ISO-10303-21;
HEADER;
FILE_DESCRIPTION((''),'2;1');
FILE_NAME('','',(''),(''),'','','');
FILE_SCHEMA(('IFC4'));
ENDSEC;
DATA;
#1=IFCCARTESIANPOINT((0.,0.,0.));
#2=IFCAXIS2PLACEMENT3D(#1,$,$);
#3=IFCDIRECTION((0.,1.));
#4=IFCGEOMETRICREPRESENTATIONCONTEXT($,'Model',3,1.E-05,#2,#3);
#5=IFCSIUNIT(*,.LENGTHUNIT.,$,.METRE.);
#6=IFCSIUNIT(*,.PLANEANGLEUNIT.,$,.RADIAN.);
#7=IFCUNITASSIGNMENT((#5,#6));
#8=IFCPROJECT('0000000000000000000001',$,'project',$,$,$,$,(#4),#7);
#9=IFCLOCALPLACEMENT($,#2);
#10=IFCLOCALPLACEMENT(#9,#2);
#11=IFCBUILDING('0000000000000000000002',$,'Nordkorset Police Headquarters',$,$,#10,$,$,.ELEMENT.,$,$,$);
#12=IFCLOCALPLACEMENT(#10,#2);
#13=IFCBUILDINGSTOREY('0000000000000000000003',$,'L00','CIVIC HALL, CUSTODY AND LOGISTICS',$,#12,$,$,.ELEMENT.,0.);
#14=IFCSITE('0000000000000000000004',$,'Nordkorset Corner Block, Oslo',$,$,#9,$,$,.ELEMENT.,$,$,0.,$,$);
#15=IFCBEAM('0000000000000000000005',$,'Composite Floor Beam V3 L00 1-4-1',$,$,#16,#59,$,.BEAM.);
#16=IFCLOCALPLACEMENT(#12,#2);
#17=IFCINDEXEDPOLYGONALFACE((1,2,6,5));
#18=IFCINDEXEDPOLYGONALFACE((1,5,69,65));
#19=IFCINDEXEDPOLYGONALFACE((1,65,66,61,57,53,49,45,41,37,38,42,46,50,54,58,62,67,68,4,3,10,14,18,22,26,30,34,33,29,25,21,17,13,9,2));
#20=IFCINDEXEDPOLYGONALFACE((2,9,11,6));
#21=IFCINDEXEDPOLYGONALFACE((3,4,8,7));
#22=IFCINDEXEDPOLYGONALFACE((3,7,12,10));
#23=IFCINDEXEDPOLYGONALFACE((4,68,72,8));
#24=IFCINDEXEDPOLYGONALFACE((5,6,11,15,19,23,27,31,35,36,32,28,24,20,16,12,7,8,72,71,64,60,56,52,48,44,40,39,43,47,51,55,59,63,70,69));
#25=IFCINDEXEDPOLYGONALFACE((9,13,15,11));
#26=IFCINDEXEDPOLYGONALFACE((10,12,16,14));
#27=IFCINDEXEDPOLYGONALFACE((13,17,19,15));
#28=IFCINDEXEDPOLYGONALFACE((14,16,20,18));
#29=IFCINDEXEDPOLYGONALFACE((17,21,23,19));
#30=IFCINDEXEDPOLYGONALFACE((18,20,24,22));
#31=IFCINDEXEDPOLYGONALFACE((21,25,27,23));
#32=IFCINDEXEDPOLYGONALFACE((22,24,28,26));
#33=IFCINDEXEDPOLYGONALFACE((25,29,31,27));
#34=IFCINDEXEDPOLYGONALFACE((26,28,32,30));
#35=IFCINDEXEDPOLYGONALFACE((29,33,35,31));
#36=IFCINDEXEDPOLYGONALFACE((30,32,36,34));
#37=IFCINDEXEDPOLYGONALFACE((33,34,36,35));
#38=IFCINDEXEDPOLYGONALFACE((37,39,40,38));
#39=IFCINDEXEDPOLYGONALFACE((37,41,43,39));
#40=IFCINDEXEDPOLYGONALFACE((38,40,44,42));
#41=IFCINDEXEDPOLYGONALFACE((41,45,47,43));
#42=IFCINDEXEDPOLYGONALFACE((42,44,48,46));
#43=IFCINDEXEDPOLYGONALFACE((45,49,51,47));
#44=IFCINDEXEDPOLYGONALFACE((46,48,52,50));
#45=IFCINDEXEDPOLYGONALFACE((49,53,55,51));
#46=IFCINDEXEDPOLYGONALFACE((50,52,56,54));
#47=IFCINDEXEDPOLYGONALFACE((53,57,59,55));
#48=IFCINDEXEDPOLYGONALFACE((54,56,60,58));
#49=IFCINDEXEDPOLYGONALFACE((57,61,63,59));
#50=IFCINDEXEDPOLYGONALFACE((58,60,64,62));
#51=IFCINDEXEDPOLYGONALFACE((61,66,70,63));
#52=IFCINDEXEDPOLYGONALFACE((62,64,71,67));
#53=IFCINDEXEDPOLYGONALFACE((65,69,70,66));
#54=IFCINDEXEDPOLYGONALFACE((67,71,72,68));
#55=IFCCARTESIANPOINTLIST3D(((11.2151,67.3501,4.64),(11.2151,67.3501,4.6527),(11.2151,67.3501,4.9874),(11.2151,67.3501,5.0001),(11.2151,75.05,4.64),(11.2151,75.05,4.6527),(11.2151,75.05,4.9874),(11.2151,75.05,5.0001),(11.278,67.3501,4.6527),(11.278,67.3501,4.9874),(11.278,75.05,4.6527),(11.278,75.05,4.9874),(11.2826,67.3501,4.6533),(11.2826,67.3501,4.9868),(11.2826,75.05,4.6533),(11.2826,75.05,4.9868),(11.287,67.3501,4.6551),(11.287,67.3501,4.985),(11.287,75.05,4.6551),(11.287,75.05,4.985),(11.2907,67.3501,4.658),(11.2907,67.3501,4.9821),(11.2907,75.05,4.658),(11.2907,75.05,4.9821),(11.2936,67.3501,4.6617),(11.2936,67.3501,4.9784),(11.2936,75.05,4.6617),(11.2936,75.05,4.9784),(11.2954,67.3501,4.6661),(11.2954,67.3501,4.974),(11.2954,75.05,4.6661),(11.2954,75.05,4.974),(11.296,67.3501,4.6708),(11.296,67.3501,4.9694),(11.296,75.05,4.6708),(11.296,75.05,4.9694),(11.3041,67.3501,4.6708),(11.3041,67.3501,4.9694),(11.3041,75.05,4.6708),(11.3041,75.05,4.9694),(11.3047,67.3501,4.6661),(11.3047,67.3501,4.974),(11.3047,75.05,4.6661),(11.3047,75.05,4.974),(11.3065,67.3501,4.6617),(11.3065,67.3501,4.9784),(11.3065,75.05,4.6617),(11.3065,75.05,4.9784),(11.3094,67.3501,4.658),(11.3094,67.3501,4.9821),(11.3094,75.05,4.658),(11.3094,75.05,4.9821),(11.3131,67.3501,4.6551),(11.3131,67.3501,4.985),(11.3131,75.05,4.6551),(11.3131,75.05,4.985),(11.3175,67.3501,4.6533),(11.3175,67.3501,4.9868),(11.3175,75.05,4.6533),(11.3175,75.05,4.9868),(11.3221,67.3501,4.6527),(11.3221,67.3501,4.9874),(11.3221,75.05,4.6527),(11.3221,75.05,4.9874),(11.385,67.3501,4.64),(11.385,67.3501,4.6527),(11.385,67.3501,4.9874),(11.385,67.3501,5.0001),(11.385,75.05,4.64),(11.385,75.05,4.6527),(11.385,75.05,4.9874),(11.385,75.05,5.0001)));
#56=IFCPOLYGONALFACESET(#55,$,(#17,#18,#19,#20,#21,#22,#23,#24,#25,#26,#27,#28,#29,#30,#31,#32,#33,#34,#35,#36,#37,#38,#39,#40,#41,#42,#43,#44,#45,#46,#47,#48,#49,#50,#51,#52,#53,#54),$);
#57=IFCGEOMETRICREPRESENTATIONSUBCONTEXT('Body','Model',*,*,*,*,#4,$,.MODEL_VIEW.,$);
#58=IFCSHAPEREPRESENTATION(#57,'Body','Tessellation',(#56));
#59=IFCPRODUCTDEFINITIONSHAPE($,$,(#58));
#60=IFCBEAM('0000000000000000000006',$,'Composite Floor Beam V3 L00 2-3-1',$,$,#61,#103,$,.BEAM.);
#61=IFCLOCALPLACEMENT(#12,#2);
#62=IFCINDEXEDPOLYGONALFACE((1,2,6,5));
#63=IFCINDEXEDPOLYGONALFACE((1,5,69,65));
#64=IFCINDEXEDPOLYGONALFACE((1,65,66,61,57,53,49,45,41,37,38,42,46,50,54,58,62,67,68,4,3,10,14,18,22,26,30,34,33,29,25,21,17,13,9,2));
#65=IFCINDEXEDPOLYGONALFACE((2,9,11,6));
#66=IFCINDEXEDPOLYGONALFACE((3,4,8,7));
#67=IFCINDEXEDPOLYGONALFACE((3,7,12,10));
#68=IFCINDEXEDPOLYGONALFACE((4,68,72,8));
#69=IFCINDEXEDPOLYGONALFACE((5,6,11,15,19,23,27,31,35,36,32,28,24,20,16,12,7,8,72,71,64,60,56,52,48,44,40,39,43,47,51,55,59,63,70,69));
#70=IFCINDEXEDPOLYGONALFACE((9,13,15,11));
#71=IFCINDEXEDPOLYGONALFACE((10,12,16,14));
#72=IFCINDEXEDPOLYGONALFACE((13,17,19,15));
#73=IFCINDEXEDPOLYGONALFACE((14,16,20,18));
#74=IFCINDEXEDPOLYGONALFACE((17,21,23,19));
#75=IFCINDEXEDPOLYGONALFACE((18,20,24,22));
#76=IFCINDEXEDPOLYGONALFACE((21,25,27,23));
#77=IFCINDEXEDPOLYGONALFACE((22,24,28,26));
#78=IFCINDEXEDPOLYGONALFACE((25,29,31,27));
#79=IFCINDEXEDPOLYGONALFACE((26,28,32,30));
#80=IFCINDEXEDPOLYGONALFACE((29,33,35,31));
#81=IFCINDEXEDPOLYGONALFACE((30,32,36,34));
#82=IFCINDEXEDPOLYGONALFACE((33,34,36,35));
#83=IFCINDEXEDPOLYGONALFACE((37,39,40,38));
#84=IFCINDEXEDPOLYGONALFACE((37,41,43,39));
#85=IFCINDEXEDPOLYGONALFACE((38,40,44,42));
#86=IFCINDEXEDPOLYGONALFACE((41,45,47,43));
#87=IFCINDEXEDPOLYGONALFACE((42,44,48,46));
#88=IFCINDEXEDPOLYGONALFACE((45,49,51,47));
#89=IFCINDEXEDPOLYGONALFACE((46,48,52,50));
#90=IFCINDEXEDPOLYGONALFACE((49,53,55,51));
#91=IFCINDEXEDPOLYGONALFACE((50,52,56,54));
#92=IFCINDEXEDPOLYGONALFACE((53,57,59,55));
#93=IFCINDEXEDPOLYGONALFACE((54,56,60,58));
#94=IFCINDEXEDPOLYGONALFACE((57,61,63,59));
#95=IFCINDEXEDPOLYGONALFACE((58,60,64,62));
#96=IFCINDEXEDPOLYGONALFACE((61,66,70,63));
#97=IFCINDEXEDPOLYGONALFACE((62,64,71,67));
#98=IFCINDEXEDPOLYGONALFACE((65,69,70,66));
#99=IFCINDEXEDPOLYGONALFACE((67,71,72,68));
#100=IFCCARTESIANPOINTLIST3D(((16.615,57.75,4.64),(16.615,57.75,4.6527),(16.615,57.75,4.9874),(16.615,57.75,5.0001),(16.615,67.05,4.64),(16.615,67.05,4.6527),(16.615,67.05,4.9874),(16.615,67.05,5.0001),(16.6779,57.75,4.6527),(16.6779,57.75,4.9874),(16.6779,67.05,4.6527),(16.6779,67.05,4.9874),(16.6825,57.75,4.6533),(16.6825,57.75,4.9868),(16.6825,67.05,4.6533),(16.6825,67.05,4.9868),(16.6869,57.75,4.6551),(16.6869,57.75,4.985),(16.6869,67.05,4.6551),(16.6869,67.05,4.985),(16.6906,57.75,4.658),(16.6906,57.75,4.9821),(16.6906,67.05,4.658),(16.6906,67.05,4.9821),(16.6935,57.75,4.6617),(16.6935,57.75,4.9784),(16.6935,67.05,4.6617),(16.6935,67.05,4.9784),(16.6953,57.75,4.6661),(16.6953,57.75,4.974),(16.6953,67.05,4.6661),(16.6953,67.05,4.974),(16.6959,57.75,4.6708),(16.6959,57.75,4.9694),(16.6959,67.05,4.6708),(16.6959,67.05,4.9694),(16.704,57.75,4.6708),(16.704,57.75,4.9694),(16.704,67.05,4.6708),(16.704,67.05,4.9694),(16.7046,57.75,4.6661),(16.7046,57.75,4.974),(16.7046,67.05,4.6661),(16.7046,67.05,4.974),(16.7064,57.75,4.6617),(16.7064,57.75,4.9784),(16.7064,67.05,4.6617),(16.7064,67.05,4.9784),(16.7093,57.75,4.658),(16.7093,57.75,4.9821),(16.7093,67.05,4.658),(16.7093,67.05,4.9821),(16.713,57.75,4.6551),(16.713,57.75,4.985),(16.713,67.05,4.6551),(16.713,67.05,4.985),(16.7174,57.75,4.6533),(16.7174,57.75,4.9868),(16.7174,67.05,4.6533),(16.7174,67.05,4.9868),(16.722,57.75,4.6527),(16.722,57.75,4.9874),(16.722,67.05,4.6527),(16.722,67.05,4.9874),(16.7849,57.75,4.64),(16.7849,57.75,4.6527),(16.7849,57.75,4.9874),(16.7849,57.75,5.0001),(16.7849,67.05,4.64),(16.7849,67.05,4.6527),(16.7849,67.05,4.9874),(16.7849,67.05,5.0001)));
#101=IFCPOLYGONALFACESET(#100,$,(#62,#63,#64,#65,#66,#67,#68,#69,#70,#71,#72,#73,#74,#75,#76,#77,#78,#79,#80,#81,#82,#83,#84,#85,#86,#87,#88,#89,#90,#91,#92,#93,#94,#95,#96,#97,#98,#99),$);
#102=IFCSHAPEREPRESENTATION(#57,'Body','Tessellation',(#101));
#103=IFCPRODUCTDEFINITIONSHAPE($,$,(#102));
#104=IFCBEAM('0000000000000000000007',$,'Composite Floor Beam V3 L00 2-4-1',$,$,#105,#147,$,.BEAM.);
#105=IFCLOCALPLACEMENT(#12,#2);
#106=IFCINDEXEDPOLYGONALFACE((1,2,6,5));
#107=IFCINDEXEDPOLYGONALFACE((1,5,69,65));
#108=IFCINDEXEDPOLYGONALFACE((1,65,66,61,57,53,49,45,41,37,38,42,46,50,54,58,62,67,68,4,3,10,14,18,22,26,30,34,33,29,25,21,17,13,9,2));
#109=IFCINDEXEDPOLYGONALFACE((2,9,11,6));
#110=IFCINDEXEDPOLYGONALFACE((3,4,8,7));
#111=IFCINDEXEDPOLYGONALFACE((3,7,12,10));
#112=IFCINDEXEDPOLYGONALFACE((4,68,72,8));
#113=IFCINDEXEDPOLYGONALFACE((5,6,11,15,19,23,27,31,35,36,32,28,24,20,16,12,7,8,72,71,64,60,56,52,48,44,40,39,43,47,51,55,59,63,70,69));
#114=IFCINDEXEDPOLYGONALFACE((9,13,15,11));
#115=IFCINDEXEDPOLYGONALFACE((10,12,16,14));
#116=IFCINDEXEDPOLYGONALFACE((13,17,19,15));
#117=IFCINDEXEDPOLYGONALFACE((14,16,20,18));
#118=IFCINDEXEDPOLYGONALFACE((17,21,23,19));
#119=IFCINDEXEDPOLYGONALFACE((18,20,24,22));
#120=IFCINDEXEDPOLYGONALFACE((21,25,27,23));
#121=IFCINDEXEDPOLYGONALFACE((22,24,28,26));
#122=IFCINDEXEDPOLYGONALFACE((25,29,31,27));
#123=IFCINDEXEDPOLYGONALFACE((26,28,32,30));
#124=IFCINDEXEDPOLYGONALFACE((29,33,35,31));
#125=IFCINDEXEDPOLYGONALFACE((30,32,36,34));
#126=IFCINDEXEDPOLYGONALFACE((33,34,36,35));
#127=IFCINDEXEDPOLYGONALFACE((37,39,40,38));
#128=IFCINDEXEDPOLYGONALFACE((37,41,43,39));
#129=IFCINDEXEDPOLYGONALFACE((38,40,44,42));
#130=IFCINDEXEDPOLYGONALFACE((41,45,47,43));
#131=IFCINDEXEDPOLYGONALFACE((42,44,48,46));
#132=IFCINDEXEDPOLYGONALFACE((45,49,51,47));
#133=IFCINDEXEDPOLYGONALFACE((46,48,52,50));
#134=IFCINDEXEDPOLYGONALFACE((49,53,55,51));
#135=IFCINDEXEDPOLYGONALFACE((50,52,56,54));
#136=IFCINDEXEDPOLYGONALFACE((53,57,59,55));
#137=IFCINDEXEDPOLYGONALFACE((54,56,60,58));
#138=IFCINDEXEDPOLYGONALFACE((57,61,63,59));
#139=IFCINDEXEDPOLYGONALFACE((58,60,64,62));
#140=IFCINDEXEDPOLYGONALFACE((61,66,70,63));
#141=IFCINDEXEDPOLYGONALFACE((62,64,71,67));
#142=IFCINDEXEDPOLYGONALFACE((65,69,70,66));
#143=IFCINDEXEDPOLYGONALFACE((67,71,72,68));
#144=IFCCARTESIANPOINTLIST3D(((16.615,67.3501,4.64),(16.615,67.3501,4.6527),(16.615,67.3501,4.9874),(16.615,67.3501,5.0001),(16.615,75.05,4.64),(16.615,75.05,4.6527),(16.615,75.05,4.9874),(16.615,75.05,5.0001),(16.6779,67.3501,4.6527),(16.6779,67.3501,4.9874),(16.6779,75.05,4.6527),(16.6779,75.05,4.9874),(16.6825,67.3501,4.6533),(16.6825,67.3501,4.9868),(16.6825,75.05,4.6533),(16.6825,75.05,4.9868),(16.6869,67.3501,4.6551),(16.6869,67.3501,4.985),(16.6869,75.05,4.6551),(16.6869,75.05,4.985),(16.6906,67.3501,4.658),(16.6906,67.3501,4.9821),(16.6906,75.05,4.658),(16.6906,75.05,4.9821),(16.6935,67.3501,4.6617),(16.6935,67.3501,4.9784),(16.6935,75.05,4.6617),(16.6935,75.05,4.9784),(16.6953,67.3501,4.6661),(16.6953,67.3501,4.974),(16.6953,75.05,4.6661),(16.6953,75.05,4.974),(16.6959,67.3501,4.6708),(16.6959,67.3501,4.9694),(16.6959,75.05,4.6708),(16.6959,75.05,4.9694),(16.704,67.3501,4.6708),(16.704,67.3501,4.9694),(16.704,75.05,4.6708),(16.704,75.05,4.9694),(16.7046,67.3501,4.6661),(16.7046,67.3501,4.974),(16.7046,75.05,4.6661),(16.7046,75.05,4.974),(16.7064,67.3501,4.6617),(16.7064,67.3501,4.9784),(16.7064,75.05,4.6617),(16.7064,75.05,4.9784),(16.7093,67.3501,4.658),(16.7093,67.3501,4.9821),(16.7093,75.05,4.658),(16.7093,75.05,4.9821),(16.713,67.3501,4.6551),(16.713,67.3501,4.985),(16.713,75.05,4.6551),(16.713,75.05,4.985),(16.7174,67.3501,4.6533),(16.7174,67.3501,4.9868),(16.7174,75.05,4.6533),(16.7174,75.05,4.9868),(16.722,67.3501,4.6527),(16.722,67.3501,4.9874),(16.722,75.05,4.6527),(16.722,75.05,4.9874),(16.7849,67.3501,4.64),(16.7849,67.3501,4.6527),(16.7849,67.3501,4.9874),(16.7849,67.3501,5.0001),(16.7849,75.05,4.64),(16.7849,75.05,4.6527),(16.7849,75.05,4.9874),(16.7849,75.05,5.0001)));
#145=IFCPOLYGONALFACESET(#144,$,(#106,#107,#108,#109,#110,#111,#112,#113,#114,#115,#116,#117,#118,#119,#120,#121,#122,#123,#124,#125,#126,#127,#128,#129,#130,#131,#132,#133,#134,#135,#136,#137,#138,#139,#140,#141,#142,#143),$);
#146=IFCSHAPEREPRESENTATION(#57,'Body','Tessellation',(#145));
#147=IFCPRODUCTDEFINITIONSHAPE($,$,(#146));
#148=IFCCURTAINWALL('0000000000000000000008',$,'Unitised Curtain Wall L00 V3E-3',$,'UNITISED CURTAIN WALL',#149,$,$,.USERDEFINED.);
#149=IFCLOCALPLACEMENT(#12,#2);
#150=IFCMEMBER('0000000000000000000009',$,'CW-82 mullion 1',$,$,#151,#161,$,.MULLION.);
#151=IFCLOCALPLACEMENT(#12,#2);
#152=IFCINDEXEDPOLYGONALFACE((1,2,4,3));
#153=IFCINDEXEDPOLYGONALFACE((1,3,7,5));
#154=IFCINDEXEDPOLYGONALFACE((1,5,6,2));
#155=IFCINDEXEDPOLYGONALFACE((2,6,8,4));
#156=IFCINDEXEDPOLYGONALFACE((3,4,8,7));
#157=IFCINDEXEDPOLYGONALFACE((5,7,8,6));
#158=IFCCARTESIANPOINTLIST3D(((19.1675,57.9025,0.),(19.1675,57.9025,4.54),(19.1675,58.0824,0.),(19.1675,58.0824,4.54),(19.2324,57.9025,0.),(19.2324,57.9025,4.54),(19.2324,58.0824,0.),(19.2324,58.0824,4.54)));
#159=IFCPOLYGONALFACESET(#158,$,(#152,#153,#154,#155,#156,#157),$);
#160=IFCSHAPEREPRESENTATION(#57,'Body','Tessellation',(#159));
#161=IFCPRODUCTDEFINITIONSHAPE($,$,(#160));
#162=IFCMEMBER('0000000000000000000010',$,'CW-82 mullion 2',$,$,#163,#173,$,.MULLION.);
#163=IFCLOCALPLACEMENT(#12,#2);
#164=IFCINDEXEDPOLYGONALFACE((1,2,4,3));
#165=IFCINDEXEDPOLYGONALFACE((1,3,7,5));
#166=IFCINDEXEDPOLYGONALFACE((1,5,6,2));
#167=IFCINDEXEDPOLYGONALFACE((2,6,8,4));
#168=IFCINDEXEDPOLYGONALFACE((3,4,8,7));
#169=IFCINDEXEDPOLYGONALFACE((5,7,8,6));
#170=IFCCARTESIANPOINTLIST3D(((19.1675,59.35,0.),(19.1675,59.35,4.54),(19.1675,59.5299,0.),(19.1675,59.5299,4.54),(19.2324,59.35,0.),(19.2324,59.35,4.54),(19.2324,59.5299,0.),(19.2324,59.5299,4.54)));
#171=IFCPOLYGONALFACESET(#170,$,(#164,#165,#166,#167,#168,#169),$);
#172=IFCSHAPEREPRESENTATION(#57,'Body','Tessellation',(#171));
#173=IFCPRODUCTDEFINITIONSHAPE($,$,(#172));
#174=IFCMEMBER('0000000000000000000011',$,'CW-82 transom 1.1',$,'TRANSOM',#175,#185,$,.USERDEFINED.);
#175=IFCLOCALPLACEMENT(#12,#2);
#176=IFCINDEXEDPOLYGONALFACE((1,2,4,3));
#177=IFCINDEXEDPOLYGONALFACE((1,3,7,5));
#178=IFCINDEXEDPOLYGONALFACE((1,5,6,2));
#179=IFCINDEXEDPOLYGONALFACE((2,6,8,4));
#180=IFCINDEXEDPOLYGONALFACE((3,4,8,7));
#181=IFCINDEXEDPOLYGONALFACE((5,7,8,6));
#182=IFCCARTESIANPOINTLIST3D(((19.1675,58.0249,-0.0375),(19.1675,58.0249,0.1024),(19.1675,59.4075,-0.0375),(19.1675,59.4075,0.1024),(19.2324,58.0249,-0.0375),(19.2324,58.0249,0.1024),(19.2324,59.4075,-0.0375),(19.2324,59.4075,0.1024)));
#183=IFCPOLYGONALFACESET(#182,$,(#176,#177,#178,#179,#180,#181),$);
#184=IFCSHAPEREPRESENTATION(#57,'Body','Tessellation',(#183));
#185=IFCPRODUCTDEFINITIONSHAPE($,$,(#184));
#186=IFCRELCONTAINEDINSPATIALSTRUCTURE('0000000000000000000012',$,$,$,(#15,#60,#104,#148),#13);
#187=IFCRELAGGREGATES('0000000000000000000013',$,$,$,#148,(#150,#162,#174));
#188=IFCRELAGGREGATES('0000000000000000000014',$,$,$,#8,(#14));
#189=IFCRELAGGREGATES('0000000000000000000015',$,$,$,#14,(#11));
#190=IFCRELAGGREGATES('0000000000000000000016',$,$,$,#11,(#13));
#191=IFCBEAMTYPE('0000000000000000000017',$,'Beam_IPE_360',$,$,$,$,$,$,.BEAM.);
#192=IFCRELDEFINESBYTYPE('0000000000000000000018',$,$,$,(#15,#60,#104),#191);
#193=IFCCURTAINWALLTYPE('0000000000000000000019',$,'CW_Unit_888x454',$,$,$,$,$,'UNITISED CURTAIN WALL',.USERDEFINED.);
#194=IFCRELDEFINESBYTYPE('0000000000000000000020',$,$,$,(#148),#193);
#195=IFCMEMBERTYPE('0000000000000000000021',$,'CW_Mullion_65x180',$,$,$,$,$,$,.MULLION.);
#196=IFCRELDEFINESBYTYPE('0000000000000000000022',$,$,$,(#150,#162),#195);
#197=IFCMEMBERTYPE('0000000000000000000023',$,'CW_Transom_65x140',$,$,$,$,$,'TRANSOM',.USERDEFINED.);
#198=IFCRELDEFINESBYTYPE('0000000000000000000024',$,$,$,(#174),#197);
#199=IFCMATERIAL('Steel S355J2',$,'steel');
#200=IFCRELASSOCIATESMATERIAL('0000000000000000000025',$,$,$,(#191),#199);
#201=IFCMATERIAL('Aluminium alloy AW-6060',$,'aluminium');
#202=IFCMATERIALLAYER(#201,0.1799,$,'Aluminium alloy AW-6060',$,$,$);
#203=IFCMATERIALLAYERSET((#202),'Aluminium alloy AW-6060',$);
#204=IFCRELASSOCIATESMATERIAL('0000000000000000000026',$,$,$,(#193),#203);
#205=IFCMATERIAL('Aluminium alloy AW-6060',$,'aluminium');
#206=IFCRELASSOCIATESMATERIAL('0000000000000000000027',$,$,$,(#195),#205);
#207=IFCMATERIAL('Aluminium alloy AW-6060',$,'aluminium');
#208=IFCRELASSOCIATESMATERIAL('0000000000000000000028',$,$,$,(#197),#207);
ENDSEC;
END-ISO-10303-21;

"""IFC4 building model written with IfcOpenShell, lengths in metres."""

from ifc_helpers import new_model, si_unit, direction, frame, origin, origin_2d, place, context, subcontext, project, spatial, rectangle, i_section, extrude, material, layer, layer_set, material_profile, profile_set, type_object, element, aggregate, save


model = new_model("IFC4")

# Units and contexts
model_context = context("Model", 3, precision=1e-05, world=origin(), true_north=direction((0.0, 1.0)))
body_context = subcontext(model_context, "Body", "Model", "MODEL_VIEW")
ifc_project = project(units=[si_unit("LENGTHUNIT", "METRE"), si_unit("PLANEANGLEUNIT", "RADIAN")], contexts=[model_context])

# Site, building, storey
site_placement = place(None, origin())
site = spatial("IfcSite", under=ifc_project, at=site_placement, Name="Nordkorset Corner Block, Oslo", CompositionType="ELEMENT", RefElevation=0.0)
building_placement = place(site_placement, origin())
building = spatial("IfcBuilding", under=site, at=building_placement, Name="Nordkorset Police Headquarters", CompositionType="ELEMENT")
storey_placement = place(building_placement, origin())
storey = spatial("IfcBuildingStorey", under=building, at=storey_placement, Name="L00", Description="CIVIC HALL, CUSTODY AND LOGISTICS", CompositionType="ELEMENT", Elevation=0.0)

# Beams
ifc_material_1 = material(Name="Steel S355J2", Category="steel")
ifc_material_profile_1 = material_profile(ifc_material_1, i_section(OverallWidth=0.1699, OverallDepth=0.3601, WebThickness=0.0081, FlangeThickness=0.0127, FilletRadius=0.0181, at=origin_2d()), Name="IPE 360")
ifc_profile_set_1 = profile_set([ifc_material_profile_1], Name="Steel S355J2")
beam_type_1 = type_object("IfcBeamType", Name="Beam_IPE_360", PredefinedType="BEAM", material=ifc_profile_set_1)
beam_1_placement = place(storey_placement, frame((11.3, 67.3501, 4.8201), z_axis=(0.0, 1.0, 0.0), x_axis=(-1.0, 0.0, 0.0)))
element("IfcBeam", 1, at=beam_1_placement, inside=storey, type_object=beam_type_1, Name="Composite Floor Beam V3 L00 1-4-1", PredefinedType="BEAM", context=body_context, shape_type="SweptSolid", body=[
    extrude(i_section(OverallWidth=0.1699, OverallDepth=0.3601, WebThickness=0.0081, FlangeThickness=0.0127, FilletRadius=0.0181, at=origin_2d()), origin(), (0.0, 0.0, 1.0), 7.7),
])
beam_2_placement = place(storey_placement, frame((16.7, 57.75, 4.8201), z_axis=(0.0, 1.0, 0.0), x_axis=(-1.0, 0.0, 0.0)))
element("IfcBeam", 2, at=beam_2_placement, inside=storey, type_object=beam_type_1, Name="Composite Floor Beam V3 L00 2-3-1", PredefinedType="BEAM", context=body_context, shape_type="SweptSolid", body=[
    extrude(i_section(OverallWidth=0.1699, OverallDepth=0.3601, WebThickness=0.0081, FlangeThickness=0.0127, FilletRadius=0.0181, at=origin_2d()), origin(), (0.0, 0.0, 1.0), 9.3),
])
beam_3_placement = place(storey_placement, frame((16.7, 67.3501, 4.8201), z_axis=(0.0, 1.0, 0.0), x_axis=(-1.0, 0.0, 0.0)))
element("IfcBeam", 3, at=beam_3_placement, inside=storey, type_object=beam_type_1, Name="Composite Floor Beam V3 L00 2-4-1", PredefinedType="BEAM", context=body_context, shape_type="SweptSolid", body=[
    extrude(i_section(OverallWidth=0.1699, OverallDepth=0.3601, WebThickness=0.0081, FlangeThickness=0.0127, FilletRadius=0.0181, at=origin_2d()), origin(), (0.0, 0.0, 1.0), 7.7),
])

# Curtain wall, members
ifc_material_2 = material(Name="Aluminium alloy AW-6060", Category="aluminium")
ifc_layer_1 = layer(ifc_material_2, 0.1799, Name="Aluminium alloy AW-6060")
ifc_layer_set_1 = layer_set([ifc_layer_1], Name="Aluminium alloy AW-6060")
curtain_wall_type = type_object("IfcCurtainWallType", Name="CW_Unit_888x454", ElementType="UNITISED CURTAIN WALL", PredefinedType="USERDEFINED", material=ifc_layer_set_1)
curtain_wall_placement = place(storey_placement, origin())
curtain_wall = element("IfcCurtainWall", 4, at=curtain_wall_placement, inside=storey, type_object=curtain_wall_type, Name="Unitised Curtain Wall L00 V3E-3", ObjectType="UNITISED CURTAIN WALL", PredefinedType="USERDEFINED")
ifc_material_3 = material(Name="Aluminium alloy AW-6060", Category="aluminium")
ifc_material_profile_2 = material_profile(ifc_material_3, rectangle(XDim=0.0649, YDim=0.1799, at=origin_2d()), Name="ALU MULL 65x180")
ifc_profile_set_2 = profile_set([ifc_material_profile_2], Name="Aluminium alloy AW-6060")
member_type_1 = type_object("IfcMemberType", Name="CW_Mullion_65x180", PredefinedType="MULLION", material=ifc_profile_set_2)
member_1_placement = place(storey_placement, frame((19.2, 57.9924, 0.0), z_axis=(0.0, 0.0, 1.0), x_axis=(-1.0, 0.0, 0.0)))
member_1 = element("IfcMember", 5, at=member_1_placement, type_object=member_type_1, Name="CW-82 mullion 1", PredefinedType="MULLION", context=body_context, shape_type="SweptSolid", body=[
    extrude(rectangle(XDim=0.0649, YDim=0.1799, at=origin_2d()), origin(), (0.0, 0.0, 1.0), 4.54),
])
member_2_placement = place(storey_placement, frame((19.2, 59.4399, 0.0), z_axis=(0.0, 0.0, 1.0), x_axis=(-1.0, 0.0, 0.0)))
member_2 = element("IfcMember", 6, at=member_2_placement, type_object=member_type_1, Name="CW-82 mullion 2", PredefinedType="MULLION", context=body_context, shape_type="SweptSolid", body=[
    extrude(rectangle(XDim=0.0649, YDim=0.1799, at=origin_2d()), origin(), (0.0, 0.0, 1.0), 4.54),
])
ifc_material_4 = material(Name="Aluminium alloy AW-6060", Category="aluminium")
ifc_material_profile_3 = material_profile(ifc_material_4, rectangle(XDim=0.0649, YDim=0.1399, at=origin_2d()), Name="ALU TRAN 65x140")
ifc_profile_set_3 = profile_set([ifc_material_profile_3], Name="Aluminium alloy AW-6060")
member_type_2 = type_object("IfcMemberType", Name="CW_Transom_65x140", ElementType="TRANSOM", PredefinedType="USERDEFINED", material=ifc_profile_set_3)
member_3_placement = place(storey_placement, frame((19.2, 58.0249, 0.0325), z_axis=(0.0, 1.0, 0.0), x_axis=(-1.0, 0.0, 0.0)))
member_3 = element("IfcMember", 7, at=member_3_placement, type_object=member_type_2, Name="CW-82 transom 1.1", ObjectType="TRANSOM", PredefinedType="USERDEFINED", context=body_context, shape_type="SweptSolid", body=[
    extrude(rectangle(XDim=0.0649, YDim=0.1399, at=origin_2d()), origin(), (0.0, 0.0, 1.0), 1.3826),
])

aggregate(curtain_wall, [member_1, member_2, member_3])

save(model, "model.ifc")
